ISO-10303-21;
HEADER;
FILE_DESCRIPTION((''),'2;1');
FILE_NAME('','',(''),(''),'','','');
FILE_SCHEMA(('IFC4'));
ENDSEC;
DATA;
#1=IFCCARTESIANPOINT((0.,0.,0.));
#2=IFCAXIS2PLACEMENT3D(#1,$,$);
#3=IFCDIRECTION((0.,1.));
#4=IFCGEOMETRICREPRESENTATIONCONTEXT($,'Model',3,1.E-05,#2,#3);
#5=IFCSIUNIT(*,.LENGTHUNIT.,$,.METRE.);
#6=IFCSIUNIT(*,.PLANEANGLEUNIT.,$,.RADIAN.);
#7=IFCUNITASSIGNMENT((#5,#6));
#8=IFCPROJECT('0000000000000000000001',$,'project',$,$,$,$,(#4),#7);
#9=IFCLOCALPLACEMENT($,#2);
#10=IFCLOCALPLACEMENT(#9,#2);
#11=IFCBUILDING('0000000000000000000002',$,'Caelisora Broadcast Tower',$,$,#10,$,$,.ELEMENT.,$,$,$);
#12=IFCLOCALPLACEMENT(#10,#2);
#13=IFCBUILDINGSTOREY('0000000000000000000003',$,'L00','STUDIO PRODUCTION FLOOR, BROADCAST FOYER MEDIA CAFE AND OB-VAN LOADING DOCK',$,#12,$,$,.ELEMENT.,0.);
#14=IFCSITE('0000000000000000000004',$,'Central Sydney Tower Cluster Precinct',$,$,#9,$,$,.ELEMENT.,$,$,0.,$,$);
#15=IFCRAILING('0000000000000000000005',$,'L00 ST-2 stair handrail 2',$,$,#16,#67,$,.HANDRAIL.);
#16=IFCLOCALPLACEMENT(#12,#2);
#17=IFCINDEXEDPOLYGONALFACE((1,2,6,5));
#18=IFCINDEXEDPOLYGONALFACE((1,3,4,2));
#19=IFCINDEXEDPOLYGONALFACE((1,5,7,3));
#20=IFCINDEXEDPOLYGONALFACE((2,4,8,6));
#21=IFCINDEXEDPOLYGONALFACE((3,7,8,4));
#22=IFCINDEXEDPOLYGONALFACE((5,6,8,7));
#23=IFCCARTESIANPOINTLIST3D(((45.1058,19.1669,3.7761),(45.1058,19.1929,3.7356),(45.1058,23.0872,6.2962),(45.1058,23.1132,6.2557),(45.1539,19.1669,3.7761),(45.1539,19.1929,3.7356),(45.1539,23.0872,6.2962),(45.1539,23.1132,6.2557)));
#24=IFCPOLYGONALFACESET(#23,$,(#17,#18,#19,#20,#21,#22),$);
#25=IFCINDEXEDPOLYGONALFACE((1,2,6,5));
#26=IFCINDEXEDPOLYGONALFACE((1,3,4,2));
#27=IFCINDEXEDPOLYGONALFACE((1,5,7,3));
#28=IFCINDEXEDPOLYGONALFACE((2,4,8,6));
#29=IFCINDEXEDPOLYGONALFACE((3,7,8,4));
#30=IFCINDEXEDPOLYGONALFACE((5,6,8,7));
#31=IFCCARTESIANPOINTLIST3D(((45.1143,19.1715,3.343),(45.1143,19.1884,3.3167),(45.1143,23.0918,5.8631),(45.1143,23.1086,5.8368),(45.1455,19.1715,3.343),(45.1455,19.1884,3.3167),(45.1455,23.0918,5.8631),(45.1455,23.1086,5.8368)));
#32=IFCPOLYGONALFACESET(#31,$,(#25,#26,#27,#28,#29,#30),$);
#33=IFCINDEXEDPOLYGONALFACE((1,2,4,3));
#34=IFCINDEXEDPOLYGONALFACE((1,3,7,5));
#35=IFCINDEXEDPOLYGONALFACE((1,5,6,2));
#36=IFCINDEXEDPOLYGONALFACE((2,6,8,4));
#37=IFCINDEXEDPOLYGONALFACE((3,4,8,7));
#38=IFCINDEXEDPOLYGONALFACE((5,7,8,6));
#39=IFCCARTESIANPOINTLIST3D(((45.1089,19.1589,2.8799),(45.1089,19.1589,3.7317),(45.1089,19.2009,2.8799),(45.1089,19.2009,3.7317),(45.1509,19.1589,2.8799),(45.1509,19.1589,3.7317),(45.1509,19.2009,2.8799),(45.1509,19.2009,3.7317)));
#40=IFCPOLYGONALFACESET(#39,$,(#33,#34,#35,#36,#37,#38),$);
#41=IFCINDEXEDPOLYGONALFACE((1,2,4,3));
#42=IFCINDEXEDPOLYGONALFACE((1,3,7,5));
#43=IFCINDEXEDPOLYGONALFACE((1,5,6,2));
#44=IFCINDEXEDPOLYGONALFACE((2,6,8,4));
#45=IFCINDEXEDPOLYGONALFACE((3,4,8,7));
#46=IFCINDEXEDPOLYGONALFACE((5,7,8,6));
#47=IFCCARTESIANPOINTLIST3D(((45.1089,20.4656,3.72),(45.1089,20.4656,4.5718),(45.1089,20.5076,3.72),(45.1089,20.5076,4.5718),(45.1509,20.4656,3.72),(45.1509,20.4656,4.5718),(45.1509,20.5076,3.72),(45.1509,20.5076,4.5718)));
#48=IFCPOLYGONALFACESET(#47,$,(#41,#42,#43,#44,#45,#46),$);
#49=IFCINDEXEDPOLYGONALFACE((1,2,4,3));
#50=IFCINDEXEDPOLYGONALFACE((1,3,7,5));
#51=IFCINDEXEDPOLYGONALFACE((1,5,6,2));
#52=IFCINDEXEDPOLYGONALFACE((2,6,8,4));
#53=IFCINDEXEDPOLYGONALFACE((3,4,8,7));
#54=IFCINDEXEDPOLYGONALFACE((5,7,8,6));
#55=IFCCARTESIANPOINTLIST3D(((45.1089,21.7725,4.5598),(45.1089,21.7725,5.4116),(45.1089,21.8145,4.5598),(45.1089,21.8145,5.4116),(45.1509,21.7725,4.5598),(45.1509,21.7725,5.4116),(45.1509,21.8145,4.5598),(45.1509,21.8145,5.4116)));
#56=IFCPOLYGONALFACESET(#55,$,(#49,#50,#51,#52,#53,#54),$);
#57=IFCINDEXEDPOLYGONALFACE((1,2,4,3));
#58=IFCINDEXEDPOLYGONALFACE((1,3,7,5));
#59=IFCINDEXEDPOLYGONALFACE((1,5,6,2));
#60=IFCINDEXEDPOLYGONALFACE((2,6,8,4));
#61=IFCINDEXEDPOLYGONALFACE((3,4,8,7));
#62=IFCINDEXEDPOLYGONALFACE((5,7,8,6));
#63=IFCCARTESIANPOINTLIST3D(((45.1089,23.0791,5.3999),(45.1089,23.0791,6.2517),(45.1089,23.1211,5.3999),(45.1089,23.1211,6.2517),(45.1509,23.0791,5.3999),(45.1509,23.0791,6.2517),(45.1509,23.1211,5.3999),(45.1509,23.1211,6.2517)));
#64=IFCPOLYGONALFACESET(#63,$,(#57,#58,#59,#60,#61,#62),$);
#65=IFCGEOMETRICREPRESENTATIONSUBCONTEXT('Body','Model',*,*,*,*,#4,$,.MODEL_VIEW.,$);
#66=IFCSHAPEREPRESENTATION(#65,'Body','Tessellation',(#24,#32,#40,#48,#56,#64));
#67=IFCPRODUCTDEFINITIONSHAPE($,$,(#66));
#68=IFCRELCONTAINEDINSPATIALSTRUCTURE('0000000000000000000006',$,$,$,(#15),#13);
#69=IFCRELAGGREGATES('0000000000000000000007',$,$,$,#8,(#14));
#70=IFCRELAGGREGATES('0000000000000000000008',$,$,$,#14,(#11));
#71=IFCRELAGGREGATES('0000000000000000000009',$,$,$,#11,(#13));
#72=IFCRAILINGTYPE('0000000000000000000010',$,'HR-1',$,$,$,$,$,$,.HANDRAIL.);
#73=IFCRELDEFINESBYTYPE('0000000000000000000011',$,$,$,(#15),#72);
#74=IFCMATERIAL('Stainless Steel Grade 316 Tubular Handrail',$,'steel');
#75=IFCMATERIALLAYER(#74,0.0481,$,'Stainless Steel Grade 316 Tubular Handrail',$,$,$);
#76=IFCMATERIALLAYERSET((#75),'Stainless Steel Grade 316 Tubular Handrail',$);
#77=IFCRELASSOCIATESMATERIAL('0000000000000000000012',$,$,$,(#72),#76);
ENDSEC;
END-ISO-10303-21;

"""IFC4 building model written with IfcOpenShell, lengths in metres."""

from ifc_helpers import new_model, si_unit, direction, frame, origin, origin_2d, place, context, subcontext, project, spatial, rectangle, extrude, material, layer, layer_set, type_object, element, save


model = new_model("IFC4")

# Units and contexts
model_context = context("Model", 3, precision=1e-05, world=origin(), true_north=direction((0.0, 1.0)))
body_context = subcontext(model_context, "Body", "Model", "MODEL_VIEW")
ifc_project = project(units=[si_unit("LENGTHUNIT", "METRE"), si_unit("PLANEANGLEUNIT", "RADIAN")], contexts=[model_context])

# Site, building, storey
site_placement = place(None, origin())
site = spatial("IfcSite", under=ifc_project, at=site_placement, Name="Central Sydney Tower Cluster Precinct", CompositionType="ELEMENT", RefElevation=0.0)
building_placement = place(site_placement, origin())
building = spatial("IfcBuilding", under=site, at=building_placement, Name="Caelisora Broadcast Tower", CompositionType="ELEMENT")
storey_placement = place(building_placement, origin())
storey = spatial("IfcBuildingStorey", under=building, at=storey_placement, Name="L00", Description="STUDIO PRODUCTION FLOOR, BROADCAST FOYER MEDIA CAFE AND OB-VAN LOADING DOCK", CompositionType="ELEMENT", Elevation=0.0)

# Railing
ifc_material_1 = material(Name="Stainless Steel Grade 316 Tubular Handrail", Category="steel")
ifc_layer_1 = layer(ifc_material_1, 0.0481, Name="Stainless Steel Grade 316 Tubular Handrail")
ifc_layer_set_1 = layer_set([ifc_layer_1], Name="Stainless Steel Grade 316 Tubular Handrail")
railing_type_1 = type_object("IfcRailingType", Name="HR-1", PredefinedType="HANDRAIL", material=ifc_layer_set_1)
railing_1_placement = place(storey_placement, frame((45.1299, 19.1799, 2.8799)))
element("IfcRailing", 1, at=railing_1_placement, inside=storey, type_object=railing_type_1, Name="L00 ST-2 stair handrail 2", PredefinedType="HANDRAIL", context=body_context, shape_type="SweptSolid", body=[
    extrude(rectangle(XDim=0.0481, YDim=0.0481, at=origin_2d()), frame((0.0, 0.0, 0.876), z_axis=(0.0, 0.841187, 0.540744), x_axis=(-1.0, 0.0, 0.0)), (0.0, 0.0, 1.0), 4.6604),
    extrude(rectangle(XDim=0.0312, YDim=0.0312, at=origin_2d()), frame((0.0, 0.0, 0.45), z_axis=(0.0, 0.841187, 0.540744), x_axis=(-1.0, 0.0, 0.0)), (0.0, 0.0, 1.0), 4.6604),
    extrude(rectangle(XDim=0.042, YDim=0.042, at=origin_2d()), origin(), (0.0, 0.0, 1.0), 0.8518),
    extrude(rectangle(XDim=0.042, YDim=0.042, at=origin_2d()), frame((0.0, 1.3066, 0.8401)), (0.0, 0.0, 1.0), 0.8518),
    extrude(rectangle(XDim=0.042, YDim=0.042, at=origin_2d()), frame((0.0, 2.6135, 1.6799)), (0.0, 0.0, 1.0), 0.8518),
    extrude(rectangle(XDim=0.042, YDim=0.042, at=origin_2d()), frame((0.0, 3.9202, 2.52)), (0.0, 0.0, 1.0), 0.8518),
])

save(model, "model.ifc")
